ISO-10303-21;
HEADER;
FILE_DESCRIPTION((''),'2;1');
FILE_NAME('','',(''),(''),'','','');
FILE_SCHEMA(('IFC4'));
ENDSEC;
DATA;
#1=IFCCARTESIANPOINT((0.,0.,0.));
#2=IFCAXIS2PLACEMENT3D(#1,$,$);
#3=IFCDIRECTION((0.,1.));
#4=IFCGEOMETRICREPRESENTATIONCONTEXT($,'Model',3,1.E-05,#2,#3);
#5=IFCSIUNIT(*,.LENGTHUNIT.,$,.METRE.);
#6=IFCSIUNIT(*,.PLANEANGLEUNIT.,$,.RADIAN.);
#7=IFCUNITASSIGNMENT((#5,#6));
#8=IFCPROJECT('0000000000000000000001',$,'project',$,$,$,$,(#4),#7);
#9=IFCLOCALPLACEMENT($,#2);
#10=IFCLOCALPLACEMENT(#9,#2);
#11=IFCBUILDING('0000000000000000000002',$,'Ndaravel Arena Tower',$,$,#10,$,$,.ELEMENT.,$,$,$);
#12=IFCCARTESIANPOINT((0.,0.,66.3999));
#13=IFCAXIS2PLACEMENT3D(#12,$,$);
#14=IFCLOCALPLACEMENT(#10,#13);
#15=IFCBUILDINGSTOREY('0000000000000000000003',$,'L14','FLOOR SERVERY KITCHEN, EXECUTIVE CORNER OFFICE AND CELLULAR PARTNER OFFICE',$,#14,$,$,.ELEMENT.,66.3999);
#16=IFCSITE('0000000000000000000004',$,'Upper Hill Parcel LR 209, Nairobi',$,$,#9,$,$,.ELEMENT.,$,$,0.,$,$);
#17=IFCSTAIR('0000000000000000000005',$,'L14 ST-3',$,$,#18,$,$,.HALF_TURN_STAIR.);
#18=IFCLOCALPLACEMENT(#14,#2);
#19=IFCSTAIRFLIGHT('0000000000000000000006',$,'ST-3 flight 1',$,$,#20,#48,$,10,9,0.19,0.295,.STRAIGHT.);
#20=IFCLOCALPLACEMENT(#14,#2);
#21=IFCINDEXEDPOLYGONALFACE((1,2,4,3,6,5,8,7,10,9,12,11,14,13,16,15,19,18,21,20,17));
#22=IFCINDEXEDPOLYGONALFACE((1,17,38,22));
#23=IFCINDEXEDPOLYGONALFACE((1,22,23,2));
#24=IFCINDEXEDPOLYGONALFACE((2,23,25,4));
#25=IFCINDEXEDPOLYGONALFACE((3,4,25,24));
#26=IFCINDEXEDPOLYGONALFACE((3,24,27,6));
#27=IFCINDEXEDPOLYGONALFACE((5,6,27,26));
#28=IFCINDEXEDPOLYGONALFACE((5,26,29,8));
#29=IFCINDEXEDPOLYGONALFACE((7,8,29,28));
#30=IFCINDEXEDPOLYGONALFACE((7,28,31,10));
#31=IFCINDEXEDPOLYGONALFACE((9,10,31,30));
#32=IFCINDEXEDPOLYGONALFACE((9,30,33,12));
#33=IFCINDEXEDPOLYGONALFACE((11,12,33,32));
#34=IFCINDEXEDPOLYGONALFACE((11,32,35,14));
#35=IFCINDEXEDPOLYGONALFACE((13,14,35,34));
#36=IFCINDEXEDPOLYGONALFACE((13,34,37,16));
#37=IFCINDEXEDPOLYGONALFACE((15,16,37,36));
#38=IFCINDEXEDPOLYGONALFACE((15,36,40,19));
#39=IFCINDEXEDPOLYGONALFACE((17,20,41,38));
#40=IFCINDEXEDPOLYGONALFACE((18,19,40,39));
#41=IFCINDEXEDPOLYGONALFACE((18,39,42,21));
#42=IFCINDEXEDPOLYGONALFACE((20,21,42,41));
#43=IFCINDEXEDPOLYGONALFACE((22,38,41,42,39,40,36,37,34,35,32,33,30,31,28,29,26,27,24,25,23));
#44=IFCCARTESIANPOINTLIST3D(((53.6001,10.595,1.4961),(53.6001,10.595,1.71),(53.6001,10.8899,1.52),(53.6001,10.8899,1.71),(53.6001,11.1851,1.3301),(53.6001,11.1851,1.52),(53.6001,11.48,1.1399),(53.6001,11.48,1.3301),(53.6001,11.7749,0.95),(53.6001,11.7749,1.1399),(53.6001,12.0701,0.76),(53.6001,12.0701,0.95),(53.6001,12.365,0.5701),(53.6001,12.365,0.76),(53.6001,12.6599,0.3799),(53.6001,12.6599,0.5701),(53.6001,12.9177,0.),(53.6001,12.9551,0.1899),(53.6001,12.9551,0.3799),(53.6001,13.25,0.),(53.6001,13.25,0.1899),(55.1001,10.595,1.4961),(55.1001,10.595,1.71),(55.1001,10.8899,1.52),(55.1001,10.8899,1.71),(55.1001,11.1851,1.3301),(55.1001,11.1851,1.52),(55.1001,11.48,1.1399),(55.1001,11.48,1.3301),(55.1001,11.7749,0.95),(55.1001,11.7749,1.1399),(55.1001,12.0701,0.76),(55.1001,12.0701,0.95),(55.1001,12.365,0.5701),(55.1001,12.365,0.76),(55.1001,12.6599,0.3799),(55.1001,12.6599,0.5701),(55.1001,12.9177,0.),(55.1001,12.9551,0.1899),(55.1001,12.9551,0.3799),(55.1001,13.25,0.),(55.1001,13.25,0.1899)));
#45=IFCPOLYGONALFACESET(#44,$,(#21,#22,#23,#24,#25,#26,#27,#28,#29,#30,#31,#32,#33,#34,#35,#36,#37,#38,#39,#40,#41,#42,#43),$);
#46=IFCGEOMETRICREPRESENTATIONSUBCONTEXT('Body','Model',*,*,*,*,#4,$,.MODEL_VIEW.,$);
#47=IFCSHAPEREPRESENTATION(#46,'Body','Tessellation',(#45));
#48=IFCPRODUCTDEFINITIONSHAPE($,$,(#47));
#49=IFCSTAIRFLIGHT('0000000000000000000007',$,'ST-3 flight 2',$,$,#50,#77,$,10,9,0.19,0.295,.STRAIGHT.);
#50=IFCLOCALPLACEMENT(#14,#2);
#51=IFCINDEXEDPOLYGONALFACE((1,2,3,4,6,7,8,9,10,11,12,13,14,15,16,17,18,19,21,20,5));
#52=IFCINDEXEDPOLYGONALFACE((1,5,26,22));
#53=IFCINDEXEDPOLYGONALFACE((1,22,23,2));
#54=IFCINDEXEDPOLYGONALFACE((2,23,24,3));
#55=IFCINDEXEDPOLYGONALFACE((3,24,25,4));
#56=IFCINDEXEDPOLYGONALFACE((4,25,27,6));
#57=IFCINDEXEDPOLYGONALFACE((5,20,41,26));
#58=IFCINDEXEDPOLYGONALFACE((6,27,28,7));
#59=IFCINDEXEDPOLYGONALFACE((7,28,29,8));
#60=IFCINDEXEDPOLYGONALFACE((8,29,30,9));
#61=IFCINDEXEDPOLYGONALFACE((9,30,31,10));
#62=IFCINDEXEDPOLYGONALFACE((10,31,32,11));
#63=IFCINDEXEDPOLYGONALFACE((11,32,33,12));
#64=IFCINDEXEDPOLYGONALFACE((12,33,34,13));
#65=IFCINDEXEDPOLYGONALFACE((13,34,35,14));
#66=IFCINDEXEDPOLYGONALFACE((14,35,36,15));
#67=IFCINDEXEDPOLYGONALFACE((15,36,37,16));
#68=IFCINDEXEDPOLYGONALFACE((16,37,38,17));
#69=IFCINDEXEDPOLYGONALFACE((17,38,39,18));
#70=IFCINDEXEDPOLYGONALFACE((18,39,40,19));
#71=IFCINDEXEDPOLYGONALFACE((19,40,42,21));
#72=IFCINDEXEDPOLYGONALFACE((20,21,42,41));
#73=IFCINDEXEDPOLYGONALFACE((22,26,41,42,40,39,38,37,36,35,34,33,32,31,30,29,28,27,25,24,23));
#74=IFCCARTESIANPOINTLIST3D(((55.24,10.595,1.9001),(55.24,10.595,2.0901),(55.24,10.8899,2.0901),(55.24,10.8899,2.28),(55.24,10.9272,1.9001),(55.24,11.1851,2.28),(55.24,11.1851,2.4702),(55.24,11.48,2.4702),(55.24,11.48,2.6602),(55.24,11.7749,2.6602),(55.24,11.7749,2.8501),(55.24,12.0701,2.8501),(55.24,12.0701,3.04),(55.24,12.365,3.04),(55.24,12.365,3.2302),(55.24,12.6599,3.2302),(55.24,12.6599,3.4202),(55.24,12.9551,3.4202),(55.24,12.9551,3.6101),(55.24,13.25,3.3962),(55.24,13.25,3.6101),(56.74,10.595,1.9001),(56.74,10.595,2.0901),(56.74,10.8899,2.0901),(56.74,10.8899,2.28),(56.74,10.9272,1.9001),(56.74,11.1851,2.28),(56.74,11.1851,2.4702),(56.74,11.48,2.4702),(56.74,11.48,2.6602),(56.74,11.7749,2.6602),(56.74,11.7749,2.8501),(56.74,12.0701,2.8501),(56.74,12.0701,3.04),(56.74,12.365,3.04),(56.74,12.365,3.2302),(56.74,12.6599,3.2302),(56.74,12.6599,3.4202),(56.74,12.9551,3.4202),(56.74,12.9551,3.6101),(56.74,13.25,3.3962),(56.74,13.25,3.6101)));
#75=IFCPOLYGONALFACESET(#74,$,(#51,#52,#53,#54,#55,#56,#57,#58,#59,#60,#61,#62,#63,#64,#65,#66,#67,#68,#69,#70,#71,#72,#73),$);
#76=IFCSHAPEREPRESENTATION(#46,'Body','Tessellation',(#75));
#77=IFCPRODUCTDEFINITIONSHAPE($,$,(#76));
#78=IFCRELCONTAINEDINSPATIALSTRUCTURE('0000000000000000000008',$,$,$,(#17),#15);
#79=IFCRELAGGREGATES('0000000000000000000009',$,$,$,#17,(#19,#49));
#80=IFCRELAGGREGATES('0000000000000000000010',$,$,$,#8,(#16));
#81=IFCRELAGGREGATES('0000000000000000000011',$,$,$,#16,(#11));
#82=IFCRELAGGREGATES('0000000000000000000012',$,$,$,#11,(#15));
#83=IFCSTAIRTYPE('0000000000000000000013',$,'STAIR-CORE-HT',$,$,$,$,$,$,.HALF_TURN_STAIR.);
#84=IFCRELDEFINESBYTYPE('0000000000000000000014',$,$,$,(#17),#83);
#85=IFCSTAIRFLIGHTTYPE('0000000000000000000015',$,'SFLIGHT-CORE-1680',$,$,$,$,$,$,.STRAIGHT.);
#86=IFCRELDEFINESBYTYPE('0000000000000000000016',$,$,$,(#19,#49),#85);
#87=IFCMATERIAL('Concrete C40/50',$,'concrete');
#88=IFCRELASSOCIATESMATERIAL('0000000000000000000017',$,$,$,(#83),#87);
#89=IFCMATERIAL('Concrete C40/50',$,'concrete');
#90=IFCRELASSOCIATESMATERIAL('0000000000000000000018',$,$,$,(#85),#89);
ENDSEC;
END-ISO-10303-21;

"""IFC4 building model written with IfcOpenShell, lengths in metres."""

from ifc_helpers import new_model, si_unit, direction, frame, origin, place, context, subcontext, project, spatial, polyline, outline, extrude, material, type_object, element, aggregate, save


model = new_model("IFC4")

# Units and contexts
model_context = context("Model", 3, precision=1e-05, world=origin(), true_north=direction((0.0, 1.0)))
body_context = subcontext(model_context, "Body", "Model", "MODEL_VIEW")
ifc_project = project(units=[si_unit("LENGTHUNIT", "METRE"), si_unit("PLANEANGLEUNIT", "RADIAN")], contexts=[model_context])

# Site, building, storey
site_placement = place(None, origin())
site = spatial("IfcSite", under=ifc_project, at=site_placement, Name="Upper Hill Parcel LR 209, Nairobi", CompositionType="ELEMENT", RefElevation=0.0)
building_placement = place(site_placement, origin())
building = spatial("IfcBuilding", under=site, at=building_placement, Name="Ndaravel Arena Tower", CompositionType="ELEMENT")
storey_placement = place(building_placement, frame((0.0, 0.0, 66.3999)))
storey = spatial("IfcBuildingStorey", under=building, at=storey_placement, Name="L14", Description="FLOOR SERVERY KITCHEN, EXECUTIVE CORNER OFFICE AND CELLULAR PARTNER OFFICE", CompositionType="ELEMENT", Elevation=66.3999)

# Stair, stair flights
ifc_material_1 = material(Name="Concrete C40/50", Category="concrete")
stair_type = type_object("IfcStairType", Name="STAIR-CORE-HT", PredefinedType="HALF_TURN_STAIR", material=ifc_material_1)
stair_placement = place(storey_placement, origin())
stair = element("IfcStair", 1, at=stair_placement, inside=storey, type_object=stair_type, Name="L14 ST-3", PredefinedType="HALF_TURN_STAIR")
ifc_material_2 = material(Name="Concrete C40/50", Category="concrete")
stair_flight_type = type_object("IfcStairFlightType", Name="SFLIGHT-CORE-1680", PredefinedType="STRAIGHT", material=ifc_material_2)
stair_flight_1_placement = place(storey_placement, frame((54.3501, 13.25, 0.0), z_axis=(0.0, 0.0, 1.0), x_axis=(0.0, -1.0, 0.0)))
stair_flight_1 = element("IfcStairFlight", 2, at=stair_flight_1_placement, type_object=stair_flight_type, Name="ST-3 flight 1", NumberOfRisers=10, NumberOfTreads=9, PredefinedType="STRAIGHT", RiserHeight=0.19, TreadLength=0.295, context=body_context, shape_type="SweptSolid", body=[
    extrude(outline(polyline([(0.0, 0.0), (0.0, 0.1899), (0.2949, 0.1899), (0.2949, 0.3799), (0.5901, 0.3799), (0.5901, 0.5701), (0.885, 0.5701), (0.885, 0.76), (1.1799, 0.76), (1.1799, 0.95), (1.4751, 0.95), (1.4751, 1.1399), (1.77, 1.1399), (1.77, 1.3301), (2.0649, 1.3301), (2.0649, 1.52), (2.3601, 1.52), (2.3601, 1.71), (2.655, 1.71), (2.655, 1.8999), (2.655, 1.4961), (0.3323, 0.0), (0.0, 0.0)])), frame((0.0, 0.75, 0.0), z_axis=(0.0, -1.0, 0.0), x_axis=(1.0, 0.0, 0.0)), (0.0, 0.0, 1.0), 1.5),
])
stair_flight_2_placement = place(storey_placement, frame((55.99, 10.595, 1.9001), z_axis=(0.0, 0.0, 1.0), x_axis=(0.0, 1.0, 0.0)))
stair_flight_2 = element("IfcStairFlight", 3, at=stair_flight_2_placement, type_object=stair_flight_type, Name="ST-3 flight 2", NumberOfRisers=10, NumberOfTreads=9, PredefinedType="STRAIGHT", RiserHeight=0.19, TreadLength=0.295, context=body_context, shape_type="SweptSolid", body=[
    extrude(outline(polyline([(0.0, 0.0), (0.0, 0.1899), (0.2949, 0.1899), (0.2949, 0.3799), (0.5901, 0.3799), (0.5901, 0.5701), (0.885, 0.5701), (0.885, 0.76), (1.1799, 0.76), (1.1799, 0.95), (1.4751, 0.95), (1.4751, 1.1399), (1.77, 1.1399), (1.77, 1.3301), (2.0649, 1.3301), (2.0649, 1.52), (2.3601, 1.52), (2.3601, 1.71), (2.655, 1.71), (2.655, 1.8999), (2.655, 1.4961), (0.3323, 0.0), (0.0, 0.0)])), frame((0.0, 0.75, 0.0), z_axis=(0.0, -1.0, 0.0), x_axis=(1.0, 0.0, 0.0)), (0.0, 0.0, 1.0), 1.5),
])
aggregate(stair, [stair_flight_1, stair_flight_2])

save(model, "model.ifc")
